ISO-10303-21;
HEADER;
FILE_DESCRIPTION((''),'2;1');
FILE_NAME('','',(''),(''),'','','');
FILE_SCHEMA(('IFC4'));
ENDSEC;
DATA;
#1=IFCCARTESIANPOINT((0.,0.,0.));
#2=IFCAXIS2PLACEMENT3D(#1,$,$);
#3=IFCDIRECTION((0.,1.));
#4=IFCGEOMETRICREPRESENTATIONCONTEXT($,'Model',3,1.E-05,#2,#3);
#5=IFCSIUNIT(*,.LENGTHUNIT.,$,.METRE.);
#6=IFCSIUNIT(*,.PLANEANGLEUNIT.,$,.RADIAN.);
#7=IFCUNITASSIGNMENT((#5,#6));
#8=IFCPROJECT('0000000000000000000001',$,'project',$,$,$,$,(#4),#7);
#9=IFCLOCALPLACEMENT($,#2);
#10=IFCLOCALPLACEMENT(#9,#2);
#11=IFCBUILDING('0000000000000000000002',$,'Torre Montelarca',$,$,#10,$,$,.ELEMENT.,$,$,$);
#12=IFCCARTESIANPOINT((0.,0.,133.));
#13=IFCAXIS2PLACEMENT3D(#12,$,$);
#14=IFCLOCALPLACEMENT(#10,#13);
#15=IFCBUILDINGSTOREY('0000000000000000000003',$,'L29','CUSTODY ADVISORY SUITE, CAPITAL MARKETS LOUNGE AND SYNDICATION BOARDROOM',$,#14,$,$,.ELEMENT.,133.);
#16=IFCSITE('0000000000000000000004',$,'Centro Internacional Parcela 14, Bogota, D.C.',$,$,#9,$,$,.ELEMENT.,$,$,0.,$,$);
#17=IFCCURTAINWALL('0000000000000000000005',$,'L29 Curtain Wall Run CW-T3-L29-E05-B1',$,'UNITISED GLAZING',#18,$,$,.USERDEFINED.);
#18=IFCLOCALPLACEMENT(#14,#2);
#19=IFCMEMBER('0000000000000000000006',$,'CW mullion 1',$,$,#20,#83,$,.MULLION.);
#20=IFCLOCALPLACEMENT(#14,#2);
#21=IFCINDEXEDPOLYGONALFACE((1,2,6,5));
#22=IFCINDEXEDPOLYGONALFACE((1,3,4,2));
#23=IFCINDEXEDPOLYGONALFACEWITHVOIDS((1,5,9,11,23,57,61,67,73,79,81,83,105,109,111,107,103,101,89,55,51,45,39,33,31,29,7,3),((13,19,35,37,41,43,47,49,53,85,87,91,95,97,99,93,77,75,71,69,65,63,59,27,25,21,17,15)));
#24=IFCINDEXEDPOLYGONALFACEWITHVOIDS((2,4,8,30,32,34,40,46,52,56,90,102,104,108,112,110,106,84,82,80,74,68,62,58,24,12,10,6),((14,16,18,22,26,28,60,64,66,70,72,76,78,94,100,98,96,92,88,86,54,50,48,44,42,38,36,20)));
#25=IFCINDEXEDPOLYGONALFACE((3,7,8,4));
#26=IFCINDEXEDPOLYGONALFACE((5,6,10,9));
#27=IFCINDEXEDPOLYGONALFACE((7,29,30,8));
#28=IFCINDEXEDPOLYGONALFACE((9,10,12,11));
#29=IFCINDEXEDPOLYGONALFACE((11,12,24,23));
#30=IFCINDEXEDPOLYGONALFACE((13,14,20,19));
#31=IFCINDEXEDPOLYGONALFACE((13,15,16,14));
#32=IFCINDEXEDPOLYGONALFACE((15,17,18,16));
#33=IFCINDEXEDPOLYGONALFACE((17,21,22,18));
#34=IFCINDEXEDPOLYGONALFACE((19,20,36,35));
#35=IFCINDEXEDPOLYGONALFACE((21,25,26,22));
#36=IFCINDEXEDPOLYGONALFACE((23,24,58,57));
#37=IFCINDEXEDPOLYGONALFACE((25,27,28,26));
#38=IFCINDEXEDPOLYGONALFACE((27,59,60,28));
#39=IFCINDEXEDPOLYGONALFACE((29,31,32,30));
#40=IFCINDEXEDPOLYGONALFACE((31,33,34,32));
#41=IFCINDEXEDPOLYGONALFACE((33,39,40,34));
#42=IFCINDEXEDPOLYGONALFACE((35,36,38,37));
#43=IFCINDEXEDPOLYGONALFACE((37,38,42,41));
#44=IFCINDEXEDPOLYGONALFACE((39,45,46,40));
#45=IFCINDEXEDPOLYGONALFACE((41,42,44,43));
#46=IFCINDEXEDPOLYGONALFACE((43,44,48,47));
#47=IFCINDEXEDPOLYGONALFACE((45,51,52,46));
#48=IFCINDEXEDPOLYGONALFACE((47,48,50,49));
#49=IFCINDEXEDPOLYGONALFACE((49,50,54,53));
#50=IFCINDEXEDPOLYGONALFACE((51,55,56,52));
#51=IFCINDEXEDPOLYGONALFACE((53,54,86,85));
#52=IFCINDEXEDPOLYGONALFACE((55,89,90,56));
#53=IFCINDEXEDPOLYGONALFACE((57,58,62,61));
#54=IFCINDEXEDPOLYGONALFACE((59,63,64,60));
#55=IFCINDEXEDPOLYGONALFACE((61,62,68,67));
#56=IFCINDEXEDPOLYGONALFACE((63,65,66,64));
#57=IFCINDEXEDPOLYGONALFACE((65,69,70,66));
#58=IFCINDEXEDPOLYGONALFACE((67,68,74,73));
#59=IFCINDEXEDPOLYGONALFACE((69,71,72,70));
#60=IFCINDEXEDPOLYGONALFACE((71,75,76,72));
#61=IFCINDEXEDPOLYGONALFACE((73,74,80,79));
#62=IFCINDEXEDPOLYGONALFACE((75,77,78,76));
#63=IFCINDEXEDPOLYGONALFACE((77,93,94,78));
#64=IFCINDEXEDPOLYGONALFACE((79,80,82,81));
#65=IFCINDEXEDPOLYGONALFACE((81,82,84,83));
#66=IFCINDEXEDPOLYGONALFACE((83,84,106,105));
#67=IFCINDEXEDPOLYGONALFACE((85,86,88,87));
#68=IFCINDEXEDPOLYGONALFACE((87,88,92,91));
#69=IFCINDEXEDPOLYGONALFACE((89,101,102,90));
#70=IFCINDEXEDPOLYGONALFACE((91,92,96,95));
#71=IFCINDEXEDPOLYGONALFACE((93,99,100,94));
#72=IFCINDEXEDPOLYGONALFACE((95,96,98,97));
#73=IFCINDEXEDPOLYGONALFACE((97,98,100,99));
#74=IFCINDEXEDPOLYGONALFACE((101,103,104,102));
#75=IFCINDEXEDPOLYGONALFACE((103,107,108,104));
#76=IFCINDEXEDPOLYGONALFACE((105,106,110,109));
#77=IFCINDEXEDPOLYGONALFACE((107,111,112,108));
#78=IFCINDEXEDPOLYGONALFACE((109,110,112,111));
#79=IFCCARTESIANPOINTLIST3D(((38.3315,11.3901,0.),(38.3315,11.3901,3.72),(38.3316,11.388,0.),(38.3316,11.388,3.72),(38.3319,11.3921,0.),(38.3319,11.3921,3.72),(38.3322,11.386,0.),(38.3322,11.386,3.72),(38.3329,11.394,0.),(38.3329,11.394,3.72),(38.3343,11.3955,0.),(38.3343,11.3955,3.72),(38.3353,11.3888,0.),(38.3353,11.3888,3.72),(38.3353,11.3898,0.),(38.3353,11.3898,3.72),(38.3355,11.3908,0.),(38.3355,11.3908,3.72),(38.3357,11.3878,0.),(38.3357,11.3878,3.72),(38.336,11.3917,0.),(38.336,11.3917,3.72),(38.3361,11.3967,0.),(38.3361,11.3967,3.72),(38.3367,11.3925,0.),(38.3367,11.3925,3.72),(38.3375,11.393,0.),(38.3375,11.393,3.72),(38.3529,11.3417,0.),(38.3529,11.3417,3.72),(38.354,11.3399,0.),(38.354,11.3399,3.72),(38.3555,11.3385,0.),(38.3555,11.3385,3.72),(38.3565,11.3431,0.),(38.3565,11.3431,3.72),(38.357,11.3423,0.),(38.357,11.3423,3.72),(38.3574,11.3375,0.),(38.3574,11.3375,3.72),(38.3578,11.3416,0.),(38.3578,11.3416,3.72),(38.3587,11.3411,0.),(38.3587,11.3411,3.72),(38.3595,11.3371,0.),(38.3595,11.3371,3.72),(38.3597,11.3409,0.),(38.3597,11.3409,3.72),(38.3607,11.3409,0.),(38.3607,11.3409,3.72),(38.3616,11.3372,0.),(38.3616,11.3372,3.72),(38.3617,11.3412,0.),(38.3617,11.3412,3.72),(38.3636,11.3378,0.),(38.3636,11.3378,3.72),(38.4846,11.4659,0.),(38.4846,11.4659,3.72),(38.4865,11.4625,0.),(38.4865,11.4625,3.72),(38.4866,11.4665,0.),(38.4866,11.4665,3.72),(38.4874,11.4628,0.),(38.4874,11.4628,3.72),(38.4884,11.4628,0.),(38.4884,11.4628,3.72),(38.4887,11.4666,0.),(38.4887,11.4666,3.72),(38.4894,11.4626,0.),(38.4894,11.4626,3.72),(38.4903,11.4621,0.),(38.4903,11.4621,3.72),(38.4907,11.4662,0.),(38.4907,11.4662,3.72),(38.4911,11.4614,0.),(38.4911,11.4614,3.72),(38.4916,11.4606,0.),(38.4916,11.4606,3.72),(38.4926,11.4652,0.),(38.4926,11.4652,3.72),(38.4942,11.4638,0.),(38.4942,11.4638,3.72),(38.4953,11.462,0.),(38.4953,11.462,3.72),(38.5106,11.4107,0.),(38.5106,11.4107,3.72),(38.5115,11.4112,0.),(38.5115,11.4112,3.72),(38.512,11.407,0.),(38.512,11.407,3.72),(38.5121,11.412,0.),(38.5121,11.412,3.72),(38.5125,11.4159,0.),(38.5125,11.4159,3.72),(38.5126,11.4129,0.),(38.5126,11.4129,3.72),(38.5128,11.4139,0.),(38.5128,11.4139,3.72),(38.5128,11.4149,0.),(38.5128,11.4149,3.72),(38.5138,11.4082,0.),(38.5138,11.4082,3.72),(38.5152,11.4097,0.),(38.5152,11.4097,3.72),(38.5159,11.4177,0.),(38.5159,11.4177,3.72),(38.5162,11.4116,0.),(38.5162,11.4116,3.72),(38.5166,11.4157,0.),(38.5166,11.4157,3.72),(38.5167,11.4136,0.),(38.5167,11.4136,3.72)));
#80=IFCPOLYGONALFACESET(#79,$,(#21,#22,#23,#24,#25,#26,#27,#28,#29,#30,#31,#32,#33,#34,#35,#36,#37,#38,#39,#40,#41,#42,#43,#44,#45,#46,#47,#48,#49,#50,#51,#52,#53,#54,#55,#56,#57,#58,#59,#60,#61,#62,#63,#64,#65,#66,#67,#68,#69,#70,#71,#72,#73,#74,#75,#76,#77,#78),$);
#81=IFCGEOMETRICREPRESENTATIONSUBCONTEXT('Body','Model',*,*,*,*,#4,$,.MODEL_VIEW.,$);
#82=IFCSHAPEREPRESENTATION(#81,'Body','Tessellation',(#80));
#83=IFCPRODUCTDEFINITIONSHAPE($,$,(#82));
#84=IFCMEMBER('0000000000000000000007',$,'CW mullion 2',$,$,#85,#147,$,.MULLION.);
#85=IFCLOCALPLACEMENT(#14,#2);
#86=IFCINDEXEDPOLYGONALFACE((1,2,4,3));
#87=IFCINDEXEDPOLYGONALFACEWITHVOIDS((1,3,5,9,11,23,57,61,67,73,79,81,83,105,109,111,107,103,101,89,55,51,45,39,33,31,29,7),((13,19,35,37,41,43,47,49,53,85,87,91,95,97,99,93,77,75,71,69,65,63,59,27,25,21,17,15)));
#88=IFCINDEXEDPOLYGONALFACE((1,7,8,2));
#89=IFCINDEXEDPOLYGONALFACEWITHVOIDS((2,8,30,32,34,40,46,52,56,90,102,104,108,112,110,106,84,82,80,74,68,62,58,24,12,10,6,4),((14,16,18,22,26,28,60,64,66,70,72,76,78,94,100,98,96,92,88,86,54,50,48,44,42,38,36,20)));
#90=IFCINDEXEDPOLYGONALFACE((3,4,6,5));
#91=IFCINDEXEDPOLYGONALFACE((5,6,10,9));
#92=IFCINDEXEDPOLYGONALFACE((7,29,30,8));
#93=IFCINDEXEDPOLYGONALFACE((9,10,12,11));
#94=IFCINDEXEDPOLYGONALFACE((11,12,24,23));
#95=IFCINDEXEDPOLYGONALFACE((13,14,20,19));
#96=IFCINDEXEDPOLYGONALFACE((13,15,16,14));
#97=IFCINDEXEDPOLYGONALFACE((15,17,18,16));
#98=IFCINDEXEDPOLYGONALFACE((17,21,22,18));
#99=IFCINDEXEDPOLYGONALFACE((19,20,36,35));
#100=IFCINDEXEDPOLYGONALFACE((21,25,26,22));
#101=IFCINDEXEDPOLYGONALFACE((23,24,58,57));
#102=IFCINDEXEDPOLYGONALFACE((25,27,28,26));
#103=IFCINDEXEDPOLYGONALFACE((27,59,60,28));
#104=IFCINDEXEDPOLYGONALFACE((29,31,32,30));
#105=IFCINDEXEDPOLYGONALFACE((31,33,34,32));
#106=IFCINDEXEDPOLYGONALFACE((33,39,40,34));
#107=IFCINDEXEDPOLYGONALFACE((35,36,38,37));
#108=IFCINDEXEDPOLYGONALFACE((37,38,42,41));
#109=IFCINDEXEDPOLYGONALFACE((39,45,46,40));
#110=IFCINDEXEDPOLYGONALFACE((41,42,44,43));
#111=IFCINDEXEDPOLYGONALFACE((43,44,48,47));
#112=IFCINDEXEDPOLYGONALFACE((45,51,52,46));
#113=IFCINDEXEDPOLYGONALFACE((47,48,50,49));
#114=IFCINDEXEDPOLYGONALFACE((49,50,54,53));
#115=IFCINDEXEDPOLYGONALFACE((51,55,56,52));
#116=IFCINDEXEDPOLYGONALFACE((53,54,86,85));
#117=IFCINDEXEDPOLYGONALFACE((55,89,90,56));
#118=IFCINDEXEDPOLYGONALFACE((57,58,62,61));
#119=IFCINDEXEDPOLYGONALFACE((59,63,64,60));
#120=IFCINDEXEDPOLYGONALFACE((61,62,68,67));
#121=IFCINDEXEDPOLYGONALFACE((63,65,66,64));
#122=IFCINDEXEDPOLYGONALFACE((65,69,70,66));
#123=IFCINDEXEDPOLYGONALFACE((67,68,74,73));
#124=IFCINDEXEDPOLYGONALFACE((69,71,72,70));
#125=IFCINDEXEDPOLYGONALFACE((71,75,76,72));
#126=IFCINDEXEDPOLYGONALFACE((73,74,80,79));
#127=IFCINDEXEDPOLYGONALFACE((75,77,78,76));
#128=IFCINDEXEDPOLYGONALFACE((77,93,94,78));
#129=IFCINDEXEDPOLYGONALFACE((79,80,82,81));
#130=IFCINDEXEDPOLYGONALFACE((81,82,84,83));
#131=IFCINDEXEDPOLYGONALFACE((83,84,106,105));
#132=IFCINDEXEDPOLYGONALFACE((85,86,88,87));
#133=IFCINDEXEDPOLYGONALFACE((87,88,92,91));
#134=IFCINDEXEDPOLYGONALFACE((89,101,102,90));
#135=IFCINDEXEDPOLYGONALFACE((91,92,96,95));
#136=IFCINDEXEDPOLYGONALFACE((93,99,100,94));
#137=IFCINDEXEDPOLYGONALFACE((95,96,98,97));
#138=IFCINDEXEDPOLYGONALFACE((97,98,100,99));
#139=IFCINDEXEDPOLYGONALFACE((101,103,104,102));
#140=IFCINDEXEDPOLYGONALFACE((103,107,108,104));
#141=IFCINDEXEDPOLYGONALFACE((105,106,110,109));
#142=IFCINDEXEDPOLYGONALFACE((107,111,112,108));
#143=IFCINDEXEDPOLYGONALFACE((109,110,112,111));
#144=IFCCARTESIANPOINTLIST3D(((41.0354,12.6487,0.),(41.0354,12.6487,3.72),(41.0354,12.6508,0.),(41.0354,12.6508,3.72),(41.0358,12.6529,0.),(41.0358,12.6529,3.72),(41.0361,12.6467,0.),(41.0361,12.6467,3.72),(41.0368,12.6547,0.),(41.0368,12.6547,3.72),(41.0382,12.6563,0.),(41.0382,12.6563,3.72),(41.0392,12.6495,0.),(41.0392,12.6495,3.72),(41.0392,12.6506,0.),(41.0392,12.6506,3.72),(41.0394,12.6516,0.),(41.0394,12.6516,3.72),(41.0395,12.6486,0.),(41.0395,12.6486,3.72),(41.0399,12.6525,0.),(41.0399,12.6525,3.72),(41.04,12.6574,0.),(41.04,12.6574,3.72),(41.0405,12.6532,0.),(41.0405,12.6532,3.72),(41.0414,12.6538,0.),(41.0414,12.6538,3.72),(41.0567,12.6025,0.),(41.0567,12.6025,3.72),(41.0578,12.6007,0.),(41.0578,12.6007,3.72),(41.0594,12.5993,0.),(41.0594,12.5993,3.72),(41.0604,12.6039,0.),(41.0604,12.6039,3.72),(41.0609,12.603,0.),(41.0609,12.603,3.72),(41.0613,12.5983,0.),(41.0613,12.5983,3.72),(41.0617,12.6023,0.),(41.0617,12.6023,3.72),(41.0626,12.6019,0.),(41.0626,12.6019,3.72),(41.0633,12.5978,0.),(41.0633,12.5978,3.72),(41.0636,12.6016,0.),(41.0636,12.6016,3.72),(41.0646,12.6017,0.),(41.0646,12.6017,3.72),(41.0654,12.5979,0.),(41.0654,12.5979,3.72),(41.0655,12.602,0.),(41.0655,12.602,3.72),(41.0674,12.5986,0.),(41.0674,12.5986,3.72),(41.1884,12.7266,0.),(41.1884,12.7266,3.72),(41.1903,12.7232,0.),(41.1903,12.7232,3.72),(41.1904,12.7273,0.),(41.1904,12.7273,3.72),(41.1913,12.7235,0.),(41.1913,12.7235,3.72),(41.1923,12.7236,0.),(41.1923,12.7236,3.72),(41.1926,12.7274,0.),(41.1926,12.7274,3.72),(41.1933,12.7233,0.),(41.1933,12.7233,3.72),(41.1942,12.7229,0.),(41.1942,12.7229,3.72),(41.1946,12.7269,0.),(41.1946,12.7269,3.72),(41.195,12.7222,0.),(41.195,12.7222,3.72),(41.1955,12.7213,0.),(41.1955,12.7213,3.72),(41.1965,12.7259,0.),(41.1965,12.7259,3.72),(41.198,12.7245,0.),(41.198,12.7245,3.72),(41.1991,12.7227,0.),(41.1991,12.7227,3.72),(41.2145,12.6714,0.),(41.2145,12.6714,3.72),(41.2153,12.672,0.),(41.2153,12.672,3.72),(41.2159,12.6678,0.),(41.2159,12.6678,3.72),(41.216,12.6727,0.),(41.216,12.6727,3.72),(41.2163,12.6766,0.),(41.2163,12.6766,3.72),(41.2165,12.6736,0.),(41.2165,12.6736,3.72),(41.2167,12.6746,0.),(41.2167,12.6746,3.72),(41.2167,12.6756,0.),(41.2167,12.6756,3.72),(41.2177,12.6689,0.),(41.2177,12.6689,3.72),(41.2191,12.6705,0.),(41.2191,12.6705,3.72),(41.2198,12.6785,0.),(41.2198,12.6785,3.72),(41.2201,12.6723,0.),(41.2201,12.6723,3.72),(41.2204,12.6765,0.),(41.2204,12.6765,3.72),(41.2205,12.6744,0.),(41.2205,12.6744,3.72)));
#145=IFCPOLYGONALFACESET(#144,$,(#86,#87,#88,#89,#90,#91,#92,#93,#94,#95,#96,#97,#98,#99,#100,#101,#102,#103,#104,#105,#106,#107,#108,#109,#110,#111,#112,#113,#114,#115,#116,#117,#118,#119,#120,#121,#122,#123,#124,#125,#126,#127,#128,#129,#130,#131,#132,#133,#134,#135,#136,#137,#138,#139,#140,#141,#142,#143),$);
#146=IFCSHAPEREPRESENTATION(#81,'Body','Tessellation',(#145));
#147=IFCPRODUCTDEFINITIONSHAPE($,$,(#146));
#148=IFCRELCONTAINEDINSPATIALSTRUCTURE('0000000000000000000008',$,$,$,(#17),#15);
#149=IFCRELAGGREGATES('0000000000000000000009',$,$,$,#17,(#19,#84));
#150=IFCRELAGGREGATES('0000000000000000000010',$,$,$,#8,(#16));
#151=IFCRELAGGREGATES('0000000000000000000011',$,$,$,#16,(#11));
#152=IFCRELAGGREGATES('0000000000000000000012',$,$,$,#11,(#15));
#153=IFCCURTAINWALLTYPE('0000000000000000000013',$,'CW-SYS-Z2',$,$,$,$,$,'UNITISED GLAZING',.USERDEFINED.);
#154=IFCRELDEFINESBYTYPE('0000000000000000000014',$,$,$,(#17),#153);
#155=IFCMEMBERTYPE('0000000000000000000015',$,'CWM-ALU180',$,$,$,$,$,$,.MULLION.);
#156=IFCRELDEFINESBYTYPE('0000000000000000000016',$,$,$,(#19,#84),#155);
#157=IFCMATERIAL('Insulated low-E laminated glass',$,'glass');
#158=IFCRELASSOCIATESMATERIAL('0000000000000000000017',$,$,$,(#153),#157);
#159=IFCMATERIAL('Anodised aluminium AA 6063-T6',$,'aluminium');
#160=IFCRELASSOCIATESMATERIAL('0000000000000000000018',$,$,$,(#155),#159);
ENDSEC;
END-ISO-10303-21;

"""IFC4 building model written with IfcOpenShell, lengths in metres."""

from ifc_helpers import new_model, si_unit, direction, frame, origin, origin_2d, place, context, subcontext, project, spatial, hollow_rectangle, extrude, source, transform, mapped, material, material_profile, profile_set, type_object, element, aggregate, save


model = new_model("IFC4")

# Units and contexts
model_context = context("Model", 3, precision=1e-05, world=origin(), true_north=direction((0.0, 1.0)))
body_context = subcontext(model_context, "Body", "Model", "MODEL_VIEW")
ifc_project = project(units=[si_unit("LENGTHUNIT", "METRE"), si_unit("PLANEANGLEUNIT", "RADIAN")], contexts=[model_context])

# Site, building, storey
site_placement = place(None, origin())
site = spatial("IfcSite", under=ifc_project, at=site_placement, Name="Centro Internacional Parcela 14, Bogota, D.C.", CompositionType="ELEMENT", RefElevation=0.0)
building_placement = place(site_placement, origin())
building = spatial("IfcBuilding", under=site, at=building_placement, Name="Torre Montelarca", CompositionType="ELEMENT")
storey_placement = place(building_placement, frame((0.0, 0.0, 133.0)))
storey = spatial("IfcBuildingStorey", under=building, at=storey_placement, Name="L29", Description="CUSTODY ADVISORY SUITE, CAPITAL MARKETS LOUNGE AND SYNDICATION BOARDROOM", CompositionType="ELEMENT", Elevation=133.0)

# Curtain wall, members
ifc_material_1 = material(Name="Insulated low-E laminated glass", Category="glass")
curtain_wall_type = type_object("IfcCurtainWallType", Name="CW-SYS-Z2", ElementType="UNITISED GLAZING", PredefinedType="USERDEFINED", material=ifc_material_1)
curtain_wall_1_placement = place(storey_placement, origin())
curtain_wall_1 = element("IfcCurtainWall", 1, at=curtain_wall_1_placement, inside=storey, type_object=curtain_wall_type, Name="L29 Curtain Wall Run CW-T3-L29-E05-B1", ObjectType="UNITISED GLAZING", PredefinedType="USERDEFINED")
ifc_material_2 = material(Name="Anodised aluminium AA 6063-T6", Category="aluminium")
ifc_material_profile_1 = material_profile(ifc_material_2, hollow_rectangle(XDim=0.0649, YDim=0.1799, WallThickness=0.0039, InnerFilletRadius=0.0039, OuterFilletRadius=0.0081, at=origin_2d()), Name="ALU65X180X4", Category="aluminium")
ifc_profile_set_1 = profile_set([ifc_material_profile_1], Name="Anodised aluminium AA 6063-T6")
member_type_1 = type_object("IfcMemberType", Name="CWM-ALU180", PredefinedType="MULLION", material=ifc_profile_set_1)
shared_shape_1 = source(origin(), body_context, "Body", "SweptSolid", [
    extrude(hollow_rectangle(XDim=0.0649, YDim=0.1799, WallThickness=0.0039, InnerFilletRadius=0.0039, OuterFilletRadius=0.0081, at=origin_2d()), origin(), (0.0, 0.0, 1.0), 3.72),
])
member_1_placement = place(storey_placement, frame((38.4241, 11.4019, 0.0), z_axis=(0.0, 0.0, 1.0), x_axis=(-0.422598, 0.906317, 0.0)))
member_1 = element("IfcMember", 2, at=member_1_placement, type_object=member_type_1, Name="CW mullion 1", PredefinedType="MULLION", context=body_context, shape_type="MappedRepresentation", body=[
    mapped(shared_shape_1, transform((0.0, 0.0, 0.0), scale=1.0)),
])
member_2_placement = place(storey_placement, frame((41.1279, 12.6626, 0.0), z_axis=(0.0, 0.0, 1.0), x_axis=(-0.422598, 0.906317, 0.0)))
member_2 = element("IfcMember", 3, at=member_2_placement, type_object=member_type_1, Name="CW mullion 2", PredefinedType="MULLION", context=body_context, shape_type="MappedRepresentation", body=[
    mapped(shared_shape_1, transform((0.0, 0.0, 0.0), scale=1.0)),
])

aggregate(curtain_wall_1, [member_1, member_2])

save(model, "model.ifc")
